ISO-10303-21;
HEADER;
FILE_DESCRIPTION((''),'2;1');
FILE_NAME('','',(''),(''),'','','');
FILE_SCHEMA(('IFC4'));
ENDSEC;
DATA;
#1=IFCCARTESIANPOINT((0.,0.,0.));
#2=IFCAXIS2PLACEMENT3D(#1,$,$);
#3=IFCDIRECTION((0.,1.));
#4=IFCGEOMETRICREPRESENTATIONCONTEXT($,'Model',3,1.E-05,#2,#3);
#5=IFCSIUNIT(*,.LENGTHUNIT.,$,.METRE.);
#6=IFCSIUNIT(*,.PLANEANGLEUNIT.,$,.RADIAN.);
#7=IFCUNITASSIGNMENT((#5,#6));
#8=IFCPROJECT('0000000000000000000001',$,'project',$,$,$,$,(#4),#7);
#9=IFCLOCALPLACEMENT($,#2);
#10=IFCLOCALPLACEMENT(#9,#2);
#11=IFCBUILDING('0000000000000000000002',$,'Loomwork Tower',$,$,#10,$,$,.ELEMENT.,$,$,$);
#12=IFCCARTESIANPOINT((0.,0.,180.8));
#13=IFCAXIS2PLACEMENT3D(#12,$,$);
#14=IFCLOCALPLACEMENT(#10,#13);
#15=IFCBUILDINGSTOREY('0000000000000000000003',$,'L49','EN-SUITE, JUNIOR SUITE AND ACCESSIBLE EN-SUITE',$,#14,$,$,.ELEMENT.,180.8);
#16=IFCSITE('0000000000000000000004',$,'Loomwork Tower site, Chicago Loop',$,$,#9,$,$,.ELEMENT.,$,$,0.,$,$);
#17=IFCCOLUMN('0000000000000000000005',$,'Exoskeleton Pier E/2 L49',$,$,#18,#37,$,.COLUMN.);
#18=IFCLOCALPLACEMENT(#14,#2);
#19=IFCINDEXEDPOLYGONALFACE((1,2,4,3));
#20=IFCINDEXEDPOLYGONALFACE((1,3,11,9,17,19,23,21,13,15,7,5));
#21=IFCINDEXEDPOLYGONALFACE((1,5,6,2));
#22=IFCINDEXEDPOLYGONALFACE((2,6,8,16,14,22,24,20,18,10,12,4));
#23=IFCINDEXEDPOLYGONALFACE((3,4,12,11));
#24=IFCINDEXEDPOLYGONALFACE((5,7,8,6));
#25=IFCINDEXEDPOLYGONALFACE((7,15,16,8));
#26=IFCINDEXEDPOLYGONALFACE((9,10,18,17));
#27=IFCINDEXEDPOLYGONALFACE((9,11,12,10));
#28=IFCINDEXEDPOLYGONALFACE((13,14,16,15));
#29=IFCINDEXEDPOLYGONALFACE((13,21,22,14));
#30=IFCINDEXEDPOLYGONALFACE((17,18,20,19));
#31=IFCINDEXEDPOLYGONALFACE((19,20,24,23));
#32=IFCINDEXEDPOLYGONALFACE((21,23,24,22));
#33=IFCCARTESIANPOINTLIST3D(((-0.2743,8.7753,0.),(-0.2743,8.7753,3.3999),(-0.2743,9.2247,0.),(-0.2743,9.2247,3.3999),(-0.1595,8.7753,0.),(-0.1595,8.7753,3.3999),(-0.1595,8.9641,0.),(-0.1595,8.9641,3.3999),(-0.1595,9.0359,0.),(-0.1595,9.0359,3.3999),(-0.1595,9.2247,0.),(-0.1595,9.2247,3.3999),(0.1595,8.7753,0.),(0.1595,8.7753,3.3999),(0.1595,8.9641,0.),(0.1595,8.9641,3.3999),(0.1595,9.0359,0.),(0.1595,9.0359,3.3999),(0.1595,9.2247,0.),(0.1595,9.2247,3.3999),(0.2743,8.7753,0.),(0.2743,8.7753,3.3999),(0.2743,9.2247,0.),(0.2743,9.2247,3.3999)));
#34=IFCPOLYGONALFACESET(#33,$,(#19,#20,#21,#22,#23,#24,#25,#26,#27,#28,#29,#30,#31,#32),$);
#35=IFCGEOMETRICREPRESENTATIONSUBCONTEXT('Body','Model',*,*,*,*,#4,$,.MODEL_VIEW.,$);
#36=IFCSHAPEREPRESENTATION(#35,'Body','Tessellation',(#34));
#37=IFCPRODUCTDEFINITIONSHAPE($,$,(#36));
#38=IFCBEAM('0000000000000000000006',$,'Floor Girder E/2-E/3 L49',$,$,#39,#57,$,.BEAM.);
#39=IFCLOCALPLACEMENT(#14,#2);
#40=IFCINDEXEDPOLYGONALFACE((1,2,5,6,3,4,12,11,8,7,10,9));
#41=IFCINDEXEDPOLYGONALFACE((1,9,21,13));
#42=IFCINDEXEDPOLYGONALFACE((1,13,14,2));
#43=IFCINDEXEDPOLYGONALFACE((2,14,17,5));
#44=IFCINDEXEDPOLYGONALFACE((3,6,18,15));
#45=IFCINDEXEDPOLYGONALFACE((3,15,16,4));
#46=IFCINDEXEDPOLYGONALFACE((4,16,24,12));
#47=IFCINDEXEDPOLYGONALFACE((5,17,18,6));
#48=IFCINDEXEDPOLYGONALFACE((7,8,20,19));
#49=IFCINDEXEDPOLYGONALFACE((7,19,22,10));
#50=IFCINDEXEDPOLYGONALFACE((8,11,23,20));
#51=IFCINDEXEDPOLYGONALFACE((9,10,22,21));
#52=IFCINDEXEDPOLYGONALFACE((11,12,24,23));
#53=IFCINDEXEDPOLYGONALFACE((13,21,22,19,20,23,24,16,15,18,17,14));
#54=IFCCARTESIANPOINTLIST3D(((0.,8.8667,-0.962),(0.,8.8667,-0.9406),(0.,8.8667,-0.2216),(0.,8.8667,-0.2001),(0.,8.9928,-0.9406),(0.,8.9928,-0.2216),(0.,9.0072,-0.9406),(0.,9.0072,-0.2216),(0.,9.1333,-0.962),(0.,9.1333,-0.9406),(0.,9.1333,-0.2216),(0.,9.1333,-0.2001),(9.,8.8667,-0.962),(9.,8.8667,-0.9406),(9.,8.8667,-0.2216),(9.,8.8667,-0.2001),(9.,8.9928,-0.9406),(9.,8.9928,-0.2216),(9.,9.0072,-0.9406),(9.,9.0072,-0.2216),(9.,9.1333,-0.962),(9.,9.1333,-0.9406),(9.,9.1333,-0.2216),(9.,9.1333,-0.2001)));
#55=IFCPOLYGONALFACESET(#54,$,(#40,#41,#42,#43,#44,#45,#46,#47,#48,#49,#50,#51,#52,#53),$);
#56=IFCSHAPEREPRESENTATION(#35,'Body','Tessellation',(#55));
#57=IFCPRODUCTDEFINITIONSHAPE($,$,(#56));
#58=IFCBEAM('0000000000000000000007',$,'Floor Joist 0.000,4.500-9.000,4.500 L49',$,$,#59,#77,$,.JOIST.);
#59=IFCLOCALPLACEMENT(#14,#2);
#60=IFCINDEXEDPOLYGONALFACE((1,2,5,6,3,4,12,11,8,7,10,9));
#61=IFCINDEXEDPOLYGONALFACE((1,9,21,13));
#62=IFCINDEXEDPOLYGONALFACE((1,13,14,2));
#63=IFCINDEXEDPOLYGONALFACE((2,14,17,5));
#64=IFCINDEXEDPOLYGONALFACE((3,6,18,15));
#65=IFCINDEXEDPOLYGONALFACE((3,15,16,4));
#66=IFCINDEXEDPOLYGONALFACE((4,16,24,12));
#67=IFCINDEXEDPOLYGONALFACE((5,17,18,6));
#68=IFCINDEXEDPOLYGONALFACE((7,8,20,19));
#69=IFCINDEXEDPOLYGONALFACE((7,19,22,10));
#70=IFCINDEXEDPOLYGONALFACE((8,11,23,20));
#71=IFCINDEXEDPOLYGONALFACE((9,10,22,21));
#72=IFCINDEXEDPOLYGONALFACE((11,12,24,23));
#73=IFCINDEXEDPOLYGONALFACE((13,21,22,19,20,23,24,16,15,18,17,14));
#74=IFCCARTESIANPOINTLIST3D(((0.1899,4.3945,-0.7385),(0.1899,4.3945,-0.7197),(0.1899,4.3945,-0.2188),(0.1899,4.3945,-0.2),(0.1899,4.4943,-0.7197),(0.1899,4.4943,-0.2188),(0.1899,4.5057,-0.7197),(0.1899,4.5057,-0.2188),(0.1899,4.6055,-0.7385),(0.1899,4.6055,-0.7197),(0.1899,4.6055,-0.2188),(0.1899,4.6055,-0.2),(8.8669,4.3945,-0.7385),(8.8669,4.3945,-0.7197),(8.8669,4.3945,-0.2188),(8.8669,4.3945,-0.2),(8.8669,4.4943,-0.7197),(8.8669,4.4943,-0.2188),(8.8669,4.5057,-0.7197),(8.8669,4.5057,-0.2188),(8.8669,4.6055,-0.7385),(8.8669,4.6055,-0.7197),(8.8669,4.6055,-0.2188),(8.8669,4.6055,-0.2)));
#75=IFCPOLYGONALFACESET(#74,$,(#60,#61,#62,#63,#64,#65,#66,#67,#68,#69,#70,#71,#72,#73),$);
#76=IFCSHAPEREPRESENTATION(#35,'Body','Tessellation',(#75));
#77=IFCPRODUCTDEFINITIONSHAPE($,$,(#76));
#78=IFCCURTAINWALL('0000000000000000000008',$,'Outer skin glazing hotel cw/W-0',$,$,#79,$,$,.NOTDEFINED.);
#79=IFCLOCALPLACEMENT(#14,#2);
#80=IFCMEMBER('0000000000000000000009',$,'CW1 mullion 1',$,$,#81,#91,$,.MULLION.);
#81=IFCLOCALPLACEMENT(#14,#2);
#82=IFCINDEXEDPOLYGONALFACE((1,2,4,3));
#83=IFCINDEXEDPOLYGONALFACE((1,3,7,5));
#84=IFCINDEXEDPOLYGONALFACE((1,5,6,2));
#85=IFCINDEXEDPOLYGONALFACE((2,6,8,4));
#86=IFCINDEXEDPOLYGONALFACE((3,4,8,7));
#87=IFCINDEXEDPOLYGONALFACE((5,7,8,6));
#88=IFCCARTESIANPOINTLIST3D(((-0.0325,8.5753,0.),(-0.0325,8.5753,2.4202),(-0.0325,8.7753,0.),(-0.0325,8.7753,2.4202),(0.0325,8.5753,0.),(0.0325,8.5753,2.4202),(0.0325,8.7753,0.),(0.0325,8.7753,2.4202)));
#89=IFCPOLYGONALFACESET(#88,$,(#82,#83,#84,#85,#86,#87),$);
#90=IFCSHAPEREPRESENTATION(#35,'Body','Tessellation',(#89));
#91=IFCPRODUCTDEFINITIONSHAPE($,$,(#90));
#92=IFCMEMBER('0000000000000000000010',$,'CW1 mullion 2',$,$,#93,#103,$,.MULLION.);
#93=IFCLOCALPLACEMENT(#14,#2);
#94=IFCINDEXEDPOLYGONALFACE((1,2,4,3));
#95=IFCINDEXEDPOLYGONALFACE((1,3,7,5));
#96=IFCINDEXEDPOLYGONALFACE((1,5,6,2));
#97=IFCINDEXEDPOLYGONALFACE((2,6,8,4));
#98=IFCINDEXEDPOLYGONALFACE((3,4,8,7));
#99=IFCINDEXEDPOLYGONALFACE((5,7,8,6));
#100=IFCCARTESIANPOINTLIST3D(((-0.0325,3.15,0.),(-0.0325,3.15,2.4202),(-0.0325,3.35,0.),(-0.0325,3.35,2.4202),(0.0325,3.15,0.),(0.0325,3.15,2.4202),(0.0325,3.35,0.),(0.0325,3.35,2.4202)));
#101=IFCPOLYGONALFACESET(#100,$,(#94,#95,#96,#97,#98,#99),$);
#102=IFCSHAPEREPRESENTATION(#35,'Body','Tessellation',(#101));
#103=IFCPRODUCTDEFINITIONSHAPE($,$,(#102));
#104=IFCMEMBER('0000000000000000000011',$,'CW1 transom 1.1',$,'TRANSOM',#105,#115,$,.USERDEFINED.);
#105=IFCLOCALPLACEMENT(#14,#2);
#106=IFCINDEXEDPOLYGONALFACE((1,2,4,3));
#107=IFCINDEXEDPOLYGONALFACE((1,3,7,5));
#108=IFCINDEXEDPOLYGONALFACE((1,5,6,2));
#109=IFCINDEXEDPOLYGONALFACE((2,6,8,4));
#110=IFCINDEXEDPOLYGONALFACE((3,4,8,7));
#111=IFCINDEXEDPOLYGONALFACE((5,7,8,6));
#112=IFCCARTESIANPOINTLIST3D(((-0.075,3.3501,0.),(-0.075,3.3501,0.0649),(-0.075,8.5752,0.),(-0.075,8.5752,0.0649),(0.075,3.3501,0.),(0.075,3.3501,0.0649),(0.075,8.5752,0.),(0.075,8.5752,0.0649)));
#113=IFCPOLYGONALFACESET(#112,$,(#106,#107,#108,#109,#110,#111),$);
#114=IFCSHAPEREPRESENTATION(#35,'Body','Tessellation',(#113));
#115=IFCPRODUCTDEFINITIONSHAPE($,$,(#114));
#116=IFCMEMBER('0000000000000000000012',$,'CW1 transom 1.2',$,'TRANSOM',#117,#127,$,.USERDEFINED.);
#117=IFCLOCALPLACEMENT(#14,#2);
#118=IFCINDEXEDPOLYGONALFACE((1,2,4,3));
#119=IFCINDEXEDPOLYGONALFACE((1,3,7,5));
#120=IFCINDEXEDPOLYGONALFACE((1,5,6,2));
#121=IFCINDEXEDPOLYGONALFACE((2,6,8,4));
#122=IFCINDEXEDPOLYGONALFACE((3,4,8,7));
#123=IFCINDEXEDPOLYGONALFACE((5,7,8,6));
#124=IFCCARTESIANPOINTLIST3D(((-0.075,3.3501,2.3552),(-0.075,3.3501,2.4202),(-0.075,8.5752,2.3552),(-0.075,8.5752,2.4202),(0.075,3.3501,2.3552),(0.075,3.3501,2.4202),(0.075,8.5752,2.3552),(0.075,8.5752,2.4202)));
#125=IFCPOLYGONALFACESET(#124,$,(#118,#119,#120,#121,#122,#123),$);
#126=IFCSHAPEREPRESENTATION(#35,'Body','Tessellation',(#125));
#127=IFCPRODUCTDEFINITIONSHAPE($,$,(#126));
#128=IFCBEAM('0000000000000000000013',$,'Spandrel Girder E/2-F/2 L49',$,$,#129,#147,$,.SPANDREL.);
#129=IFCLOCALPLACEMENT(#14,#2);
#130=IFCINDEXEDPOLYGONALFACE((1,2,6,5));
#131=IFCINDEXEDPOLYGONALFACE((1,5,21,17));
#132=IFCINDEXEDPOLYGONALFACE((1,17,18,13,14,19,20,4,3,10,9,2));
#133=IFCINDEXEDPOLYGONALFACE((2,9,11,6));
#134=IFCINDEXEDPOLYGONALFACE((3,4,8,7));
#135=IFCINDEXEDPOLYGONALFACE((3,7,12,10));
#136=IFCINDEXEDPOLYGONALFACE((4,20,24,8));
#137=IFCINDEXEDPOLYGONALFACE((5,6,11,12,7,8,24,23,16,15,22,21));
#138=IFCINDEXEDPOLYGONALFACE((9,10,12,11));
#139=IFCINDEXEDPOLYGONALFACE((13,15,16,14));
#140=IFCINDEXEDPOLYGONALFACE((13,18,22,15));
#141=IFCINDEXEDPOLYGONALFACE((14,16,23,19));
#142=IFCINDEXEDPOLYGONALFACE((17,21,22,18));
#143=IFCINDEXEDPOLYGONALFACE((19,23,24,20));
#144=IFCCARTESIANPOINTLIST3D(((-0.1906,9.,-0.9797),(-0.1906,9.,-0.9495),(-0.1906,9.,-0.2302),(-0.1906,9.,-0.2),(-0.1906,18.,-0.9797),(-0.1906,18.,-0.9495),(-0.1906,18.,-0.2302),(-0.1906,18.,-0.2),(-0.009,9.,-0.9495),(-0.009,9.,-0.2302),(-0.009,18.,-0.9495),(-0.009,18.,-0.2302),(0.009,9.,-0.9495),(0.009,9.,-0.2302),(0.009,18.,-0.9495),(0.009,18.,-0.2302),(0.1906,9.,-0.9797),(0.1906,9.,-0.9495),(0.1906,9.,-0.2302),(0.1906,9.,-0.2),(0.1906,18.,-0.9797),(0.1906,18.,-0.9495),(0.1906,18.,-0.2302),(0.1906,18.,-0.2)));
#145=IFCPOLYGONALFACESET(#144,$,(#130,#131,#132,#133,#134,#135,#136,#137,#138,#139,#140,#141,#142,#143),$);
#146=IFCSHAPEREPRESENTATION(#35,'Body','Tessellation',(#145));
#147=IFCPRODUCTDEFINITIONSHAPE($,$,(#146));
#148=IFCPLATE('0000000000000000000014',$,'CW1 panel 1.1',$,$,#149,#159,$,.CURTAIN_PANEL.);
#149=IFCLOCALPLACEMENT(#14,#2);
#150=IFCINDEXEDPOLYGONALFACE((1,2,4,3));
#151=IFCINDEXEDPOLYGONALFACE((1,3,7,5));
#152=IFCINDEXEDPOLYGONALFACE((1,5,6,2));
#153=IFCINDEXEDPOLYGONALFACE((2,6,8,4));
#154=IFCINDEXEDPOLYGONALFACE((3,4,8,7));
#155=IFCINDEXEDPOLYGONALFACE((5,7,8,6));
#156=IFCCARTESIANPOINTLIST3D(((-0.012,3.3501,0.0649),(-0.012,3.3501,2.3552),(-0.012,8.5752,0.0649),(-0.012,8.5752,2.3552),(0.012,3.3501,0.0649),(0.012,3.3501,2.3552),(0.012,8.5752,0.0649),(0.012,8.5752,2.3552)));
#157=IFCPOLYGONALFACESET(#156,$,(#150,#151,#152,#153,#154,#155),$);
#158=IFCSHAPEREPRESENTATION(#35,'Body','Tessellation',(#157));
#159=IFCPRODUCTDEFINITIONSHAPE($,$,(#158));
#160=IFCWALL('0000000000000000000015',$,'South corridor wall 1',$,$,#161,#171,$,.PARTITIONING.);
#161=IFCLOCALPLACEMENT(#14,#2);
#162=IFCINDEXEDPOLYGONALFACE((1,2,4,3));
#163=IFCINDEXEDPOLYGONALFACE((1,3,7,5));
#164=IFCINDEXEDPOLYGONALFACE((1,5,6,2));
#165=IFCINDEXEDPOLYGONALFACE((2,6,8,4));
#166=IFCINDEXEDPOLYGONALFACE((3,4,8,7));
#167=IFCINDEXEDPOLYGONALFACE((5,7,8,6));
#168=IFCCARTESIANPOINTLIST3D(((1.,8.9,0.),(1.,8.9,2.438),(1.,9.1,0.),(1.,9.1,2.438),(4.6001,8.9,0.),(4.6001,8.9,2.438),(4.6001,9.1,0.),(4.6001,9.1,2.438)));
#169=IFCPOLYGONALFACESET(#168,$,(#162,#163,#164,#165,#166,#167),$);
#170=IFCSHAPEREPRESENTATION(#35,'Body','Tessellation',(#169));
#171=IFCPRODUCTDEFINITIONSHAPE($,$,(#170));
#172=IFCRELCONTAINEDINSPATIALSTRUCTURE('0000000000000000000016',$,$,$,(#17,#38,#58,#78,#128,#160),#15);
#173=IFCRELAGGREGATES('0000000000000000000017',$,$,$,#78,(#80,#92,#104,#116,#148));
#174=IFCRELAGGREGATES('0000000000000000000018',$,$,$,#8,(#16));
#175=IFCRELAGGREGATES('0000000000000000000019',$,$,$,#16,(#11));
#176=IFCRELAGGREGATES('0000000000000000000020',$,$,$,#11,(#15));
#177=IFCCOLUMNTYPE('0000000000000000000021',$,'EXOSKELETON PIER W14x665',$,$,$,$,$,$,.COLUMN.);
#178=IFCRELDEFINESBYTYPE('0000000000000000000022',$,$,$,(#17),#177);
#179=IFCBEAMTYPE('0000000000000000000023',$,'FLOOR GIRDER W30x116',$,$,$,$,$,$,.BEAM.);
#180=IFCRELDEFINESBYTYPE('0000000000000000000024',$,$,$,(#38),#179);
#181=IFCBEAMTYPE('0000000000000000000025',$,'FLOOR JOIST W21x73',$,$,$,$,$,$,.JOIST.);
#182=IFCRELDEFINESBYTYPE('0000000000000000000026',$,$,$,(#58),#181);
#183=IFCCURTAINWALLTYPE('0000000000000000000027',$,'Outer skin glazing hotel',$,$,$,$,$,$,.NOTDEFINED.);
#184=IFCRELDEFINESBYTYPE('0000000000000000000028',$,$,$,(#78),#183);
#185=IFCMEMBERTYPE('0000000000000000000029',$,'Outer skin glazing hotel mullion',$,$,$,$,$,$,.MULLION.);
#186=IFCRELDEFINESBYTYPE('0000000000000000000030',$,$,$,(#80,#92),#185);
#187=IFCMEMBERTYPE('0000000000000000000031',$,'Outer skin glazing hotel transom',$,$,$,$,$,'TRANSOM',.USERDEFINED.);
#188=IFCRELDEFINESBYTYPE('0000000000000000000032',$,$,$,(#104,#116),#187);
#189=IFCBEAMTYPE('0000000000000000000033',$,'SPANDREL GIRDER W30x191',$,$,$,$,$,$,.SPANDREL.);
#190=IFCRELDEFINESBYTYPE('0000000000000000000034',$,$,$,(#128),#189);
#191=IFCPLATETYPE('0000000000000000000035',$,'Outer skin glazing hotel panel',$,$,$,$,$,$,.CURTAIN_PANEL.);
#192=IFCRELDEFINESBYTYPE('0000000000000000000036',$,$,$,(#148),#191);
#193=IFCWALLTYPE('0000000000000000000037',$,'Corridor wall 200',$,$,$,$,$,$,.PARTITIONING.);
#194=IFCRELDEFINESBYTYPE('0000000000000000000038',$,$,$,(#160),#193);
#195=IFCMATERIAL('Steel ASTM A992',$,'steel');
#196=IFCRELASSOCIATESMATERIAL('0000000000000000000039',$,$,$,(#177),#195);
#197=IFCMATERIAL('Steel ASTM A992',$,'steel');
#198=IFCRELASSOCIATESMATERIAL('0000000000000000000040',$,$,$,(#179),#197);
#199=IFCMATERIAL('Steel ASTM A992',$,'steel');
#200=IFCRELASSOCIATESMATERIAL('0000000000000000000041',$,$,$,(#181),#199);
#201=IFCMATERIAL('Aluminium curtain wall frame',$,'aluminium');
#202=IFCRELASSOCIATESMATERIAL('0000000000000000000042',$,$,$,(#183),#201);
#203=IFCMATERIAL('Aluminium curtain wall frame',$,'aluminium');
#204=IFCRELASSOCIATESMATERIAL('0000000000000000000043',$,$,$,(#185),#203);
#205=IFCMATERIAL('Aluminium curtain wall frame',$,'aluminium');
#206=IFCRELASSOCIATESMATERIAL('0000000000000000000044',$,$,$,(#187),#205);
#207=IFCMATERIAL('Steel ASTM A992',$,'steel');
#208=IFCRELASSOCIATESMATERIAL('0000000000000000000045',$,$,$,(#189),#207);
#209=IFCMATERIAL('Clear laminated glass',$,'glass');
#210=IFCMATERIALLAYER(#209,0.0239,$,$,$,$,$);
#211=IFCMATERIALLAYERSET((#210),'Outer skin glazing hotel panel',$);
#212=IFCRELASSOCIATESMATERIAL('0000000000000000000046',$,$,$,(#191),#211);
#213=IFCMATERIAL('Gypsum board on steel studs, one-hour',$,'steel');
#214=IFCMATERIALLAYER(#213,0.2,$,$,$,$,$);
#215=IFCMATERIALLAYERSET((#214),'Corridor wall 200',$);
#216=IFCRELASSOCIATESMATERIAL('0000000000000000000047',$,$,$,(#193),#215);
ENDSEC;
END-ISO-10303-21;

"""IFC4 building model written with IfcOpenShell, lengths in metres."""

from ifc_helpers import new_model, si_unit, direction, frame, frame_2d, origin, origin_2d, place, context, subcontext, project, spatial, rectangle, i_section, extrude, material, layer, layer_set, material_profile, profile_set, type_object, element, aggregate, save


model = new_model("IFC4")

# Units and contexts
model_context = context("Model", 3, precision=1e-05, world=origin(), true_north=direction((0.0, 1.0)))
body_context = subcontext(model_context, "Body", "Model", "MODEL_VIEW")
ifc_project = project(units=[si_unit("LENGTHUNIT", "METRE"), si_unit("PLANEANGLEUNIT", "RADIAN")], contexts=[model_context])

# Site, building, storey
site_placement = place(None, origin())
site = spatial("IfcSite", under=ifc_project, at=site_placement, Name="Loomwork Tower site, Chicago Loop", CompositionType="ELEMENT", RefElevation=0.0)
building_placement = place(site_placement, origin())
building = spatial("IfcBuilding", under=site, at=building_placement, Name="Loomwork Tower", CompositionType="ELEMENT")
storey_placement = place(building_placement, frame((0.0, 0.0, 180.8)))
storey = spatial("IfcBuildingStorey", under=building, at=storey_placement, Name="L49", Description="EN-SUITE, JUNIOR SUITE AND ACCESSIBLE EN-SUITE", CompositionType="ELEMENT", Elevation=180.8)

# Column
ifc_material_1 = material(Name="Steel ASTM A992", Category="steel")
ifc_material_profile_1 = material_profile(ifc_material_1, i_section(OverallWidth=0.4495, OverallDepth=0.5486, WebThickness=0.0718, FlangeThickness=0.1147, at=origin_2d()), Name="W14x665")
ifc_profile_set_1 = profile_set([ifc_material_profile_1], Name="Steel ASTM A992")
column_type = type_object("IfcColumnType", Name="EXOSKELETON PIER W14x665", PredefinedType="COLUMN", material=ifc_profile_set_1)
column_placement = place(storey_placement, frame((0.0, 9.0, 0.0), z_axis=(0.0, 0.0, 1.0), x_axis=(0.0, 1.0, 0.0)))
element("IfcColumn", 1, at=column_placement, inside=storey, type_object=column_type, Name="Exoskeleton Pier E/2 L49", PredefinedType="COLUMN", context=body_context, shape_type="SweptSolid", body=[
    extrude(i_section(OverallWidth=0.4495, OverallDepth=0.5486, WebThickness=0.0718, FlangeThickness=0.1147, at=origin_2d()), origin(), (0.0, 0.0, 1.0), 3.3999),
])

# Beams
ifc_material_2 = material(Name="Steel ASTM A992", Category="steel")
ifc_material_profile_2 = material_profile(ifc_material_2, i_section(OverallWidth=0.2666, OverallDepth=0.762, WebThickness=0.0144, FlangeThickness=0.0215, at=origin_2d()), Name="W30x116")
ifc_profile_set_2 = profile_set([ifc_material_profile_2], Name="Steel ASTM A992")
beam_type_1 = type_object("IfcBeamType", Name="FLOOR GIRDER W30x116", PredefinedType="BEAM", material=ifc_profile_set_2)
beam_1_placement = place(storey_placement, frame((0.0, 9.0, -0.5811), z_axis=(1.0, 0.0, 0.0), x_axis=(0.0, 1.0, 0.0)))
element("IfcBeam", 2, at=beam_1_placement, inside=storey, type_object=beam_type_1, Name="Floor Girder E/2-E/3 L49", PredefinedType="BEAM", context=body_context, shape_type="SweptSolid", body=[
    extrude(i_section(OverallWidth=0.2666, OverallDepth=0.762, WebThickness=0.0144, FlangeThickness=0.0215, at=origin_2d()), origin(), (0.0, 0.0, 1.0), 9.0),
])
ifc_material_3 = material(Name="Steel ASTM A992", Category="steel")
ifc_material_profile_3 = material_profile(ifc_material_3, i_section(OverallWidth=0.2109, OverallDepth=0.5386, WebThickness=0.0115, FlangeThickness=0.0188, at=origin_2d()), Name="W21x73")
ifc_profile_set_3 = profile_set([ifc_material_profile_3], Name="Steel ASTM A992")
beam_type_2 = type_object("IfcBeamType", Name="FLOOR JOIST W21x73", PredefinedType="JOIST", material=ifc_profile_set_3)
beam_2_placement = place(storey_placement, frame((0.1899, 4.5, -0.4692), z_axis=(1.0, 0.0, 0.0), x_axis=(0.0, 1.0, 0.0)))
element("IfcBeam", 3, at=beam_2_placement, inside=storey, type_object=beam_type_2, Name="Floor Joist 0.000,4.500-9.000,4.500 L49", PredefinedType="JOIST", context=body_context, shape_type="SweptSolid", body=[
    extrude(i_section(OverallWidth=0.2109, OverallDepth=0.5386, WebThickness=0.0115, FlangeThickness=0.0188, at=origin_2d()), origin(), (0.0, 0.0, 1.0), 8.677),
])

# Curtain wall, members
ifc_material_4 = material(Name="Aluminium curtain wall frame", Category="aluminium")
curtain_wall_type = type_object("IfcCurtainWallType", Name="Outer skin glazing hotel", PredefinedType="NOTDEFINED", material=ifc_material_4)
curtain_wall_placement = place(storey_placement, origin())
curtain_wall = element("IfcCurtainWall", 4, at=curtain_wall_placement, inside=storey, type_object=curtain_wall_type, Name="Outer skin glazing hotel cw/W-0", PredefinedType="NOTDEFINED")
ifc_material_5 = material(Name="Aluminium curtain wall frame", Category="aluminium")
ifc_material_profile_4 = material_profile(ifc_material_5, rectangle(XDim=0.0649, YDim=0.2, at=origin_2d()), Name="AL 65x200")
ifc_profile_set_4 = profile_set([ifc_material_profile_4], Name="Aluminium curtain wall frame")
member_type_1 = type_object("IfcMemberType", Name="Outer skin glazing hotel mullion", PredefinedType="MULLION", material=ifc_profile_set_4)
member_1_placement = place(storey_placement, frame((0.0, 8.6753, 0.0), z_axis=(0.0, 0.0, 1.0), x_axis=(1.0, 0.0, 0.0)))
member_1 = element("IfcMember", 5, at=member_1_placement, type_object=member_type_1, Name="CW1 mullion 1", PredefinedType="MULLION", context=body_context, shape_type="SweptSolid", body=[
    extrude(rectangle(XDim=0.0649, YDim=0.2, at=origin_2d()), origin(), (0.0, 0.0, 1.0), 2.4202),
])
member_2_placement = place(storey_placement, frame((0.0, 3.25, 0.0), z_axis=(0.0, 0.0, 1.0), x_axis=(1.0, 0.0, 0.0)))
member_2 = element("IfcMember", 6, at=member_2_placement, type_object=member_type_1, Name="CW1 mullion 2", PredefinedType="MULLION", context=body_context, shape_type="SweptSolid", body=[
    extrude(rectangle(XDim=0.0649, YDim=0.2, at=origin_2d()), origin(), (0.0, 0.0, 1.0), 2.4202),
])
ifc_material_6 = material(Name="Aluminium curtain wall frame", Category="aluminium")
ifc_material_profile_5 = material_profile(ifc_material_6, rectangle(XDim=0.1499, YDim=0.0649, at=origin_2d()), Name="AL 65x150")
ifc_profile_set_5 = profile_set([ifc_material_profile_5], Name="Aluminium curtain wall frame")
member_type_2 = type_object("IfcMemberType", Name="Outer skin glazing hotel transom", ElementType="TRANSOM", PredefinedType="USERDEFINED", material=ifc_profile_set_5)
member_3_placement = place(storey_placement, frame((0.0, 8.5752, 0.0325), z_axis=(0.0, -1.0, 0.0), x_axis=(1.0, 0.0, 0.0)))
member_3 = element("IfcMember", 7, at=member_3_placement, type_object=member_type_2, Name="CW1 transom 1.1", ObjectType="TRANSOM", PredefinedType="USERDEFINED", context=body_context, shape_type="SweptSolid", body=[
    extrude(rectangle(XDim=0.1499, YDim=0.0649, at=origin_2d()), origin(), (0.0, 0.0, 1.0), 5.2251),
])
member_4_placement = place(storey_placement, frame((0.0, 8.5752, 2.3877), z_axis=(0.0, -1.0, 0.0), x_axis=(1.0, 0.0, 0.0)))
member_4 = element("IfcMember", 8, at=member_4_placement, type_object=member_type_2, Name="CW1 transom 1.2", ObjectType="TRANSOM", PredefinedType="USERDEFINED", context=body_context, shape_type="SweptSolid", body=[
    extrude(rectangle(XDim=0.1499, YDim=0.0649, at=origin_2d()), origin(), (0.0, 0.0, 1.0), 5.2251),
])

# Beam
ifc_material_7 = material(Name="Steel ASTM A992", Category="steel")
ifc_material_profile_6 = material_profile(ifc_material_7, i_section(OverallWidth=0.3811, OverallDepth=0.7798, WebThickness=0.0181, FlangeThickness=0.0303, at=origin_2d()), Name="W30x191")
ifc_profile_set_6 = profile_set([ifc_material_profile_6], Name="Steel ASTM A992")
beam_type_3 = type_object("IfcBeamType", Name="SPANDREL GIRDER W30x191", PredefinedType="SPANDREL", material=ifc_profile_set_6)
beam_3_placement = place(storey_placement, frame((0.0, 9.0, -0.5898), z_axis=(0.0, 1.0, 0.0), x_axis=(-1.0, 0.0, 0.0)))
element("IfcBeam", 9, at=beam_3_placement, inside=storey, type_object=beam_type_3, Name="Spandrel Girder E/2-F/2 L49", PredefinedType="SPANDREL", context=body_context, shape_type="SweptSolid", body=[
    extrude(i_section(OverallWidth=0.3811, OverallDepth=0.7798, WebThickness=0.0181, FlangeThickness=0.0303, at=origin_2d()), origin(), (0.0, 0.0, 1.0), 9.0),
])

# Plate
ifc_material_8 = material(Name="Clear laminated glass", Category="glass")
ifc_layer_1 = layer(ifc_material_8, 0.0239)
ifc_layer_set_1 = layer_set([ifc_layer_1], Name="Outer skin glazing hotel panel")
plate_type = type_object("IfcPlateType", Name="Outer skin glazing hotel panel", PredefinedType="CURTAIN_PANEL", material=ifc_layer_set_1)
plate_placement = place(storey_placement, frame((0.0, 5.9626, 0.0649), z_axis=(0.0, 0.0, 1.0), x_axis=(0.0, -1.0, 0.0)))
plate = element("IfcPlate", 10, at=plate_placement, type_object=plate_type, Name="CW1 panel 1.1", PredefinedType="CURTAIN_PANEL", context=body_context, shape_type="SweptSolid", body=[
    extrude(rectangle(XDim=5.2251, YDim=0.0239, at=origin_2d()), origin(), (0.0, 0.0, 1.0), 2.2903),
])
aggregate(curtain_wall, [member_1, member_2, member_3, member_4, plate])

# Wall
ifc_material_9 = material(Name="Gypsum board on steel studs, one-hour", Category="steel")
ifc_layer_2 = layer(ifc_material_9, 0.2)
ifc_layer_set_2 = layer_set([ifc_layer_2], Name="Corridor wall 200")
wall_type_1 = type_object("IfcWallType", Name="Corridor wall 200", PredefinedType="PARTITIONING", material=ifc_layer_set_2)
wall_1_placement = place(storey_placement, frame((1.0, 9.0, 0.0), z_axis=(0.0, 0.0, 1.0), x_axis=(1.0, 0.0, 0.0)))
element("IfcWall", 11, at=wall_1_placement, inside=storey, type_object=wall_type_1, Name="South corridor wall 1", PredefinedType="PARTITIONING", context=body_context, shape_type="SweptSolid", body=[
    extrude(rectangle(XDim=3.6001, YDim=0.2, at=frame_2d((1.8, 0.0))), origin(), (0.0, 0.0, 1.0), 2.438),
])

save(model, "model.ifc")
